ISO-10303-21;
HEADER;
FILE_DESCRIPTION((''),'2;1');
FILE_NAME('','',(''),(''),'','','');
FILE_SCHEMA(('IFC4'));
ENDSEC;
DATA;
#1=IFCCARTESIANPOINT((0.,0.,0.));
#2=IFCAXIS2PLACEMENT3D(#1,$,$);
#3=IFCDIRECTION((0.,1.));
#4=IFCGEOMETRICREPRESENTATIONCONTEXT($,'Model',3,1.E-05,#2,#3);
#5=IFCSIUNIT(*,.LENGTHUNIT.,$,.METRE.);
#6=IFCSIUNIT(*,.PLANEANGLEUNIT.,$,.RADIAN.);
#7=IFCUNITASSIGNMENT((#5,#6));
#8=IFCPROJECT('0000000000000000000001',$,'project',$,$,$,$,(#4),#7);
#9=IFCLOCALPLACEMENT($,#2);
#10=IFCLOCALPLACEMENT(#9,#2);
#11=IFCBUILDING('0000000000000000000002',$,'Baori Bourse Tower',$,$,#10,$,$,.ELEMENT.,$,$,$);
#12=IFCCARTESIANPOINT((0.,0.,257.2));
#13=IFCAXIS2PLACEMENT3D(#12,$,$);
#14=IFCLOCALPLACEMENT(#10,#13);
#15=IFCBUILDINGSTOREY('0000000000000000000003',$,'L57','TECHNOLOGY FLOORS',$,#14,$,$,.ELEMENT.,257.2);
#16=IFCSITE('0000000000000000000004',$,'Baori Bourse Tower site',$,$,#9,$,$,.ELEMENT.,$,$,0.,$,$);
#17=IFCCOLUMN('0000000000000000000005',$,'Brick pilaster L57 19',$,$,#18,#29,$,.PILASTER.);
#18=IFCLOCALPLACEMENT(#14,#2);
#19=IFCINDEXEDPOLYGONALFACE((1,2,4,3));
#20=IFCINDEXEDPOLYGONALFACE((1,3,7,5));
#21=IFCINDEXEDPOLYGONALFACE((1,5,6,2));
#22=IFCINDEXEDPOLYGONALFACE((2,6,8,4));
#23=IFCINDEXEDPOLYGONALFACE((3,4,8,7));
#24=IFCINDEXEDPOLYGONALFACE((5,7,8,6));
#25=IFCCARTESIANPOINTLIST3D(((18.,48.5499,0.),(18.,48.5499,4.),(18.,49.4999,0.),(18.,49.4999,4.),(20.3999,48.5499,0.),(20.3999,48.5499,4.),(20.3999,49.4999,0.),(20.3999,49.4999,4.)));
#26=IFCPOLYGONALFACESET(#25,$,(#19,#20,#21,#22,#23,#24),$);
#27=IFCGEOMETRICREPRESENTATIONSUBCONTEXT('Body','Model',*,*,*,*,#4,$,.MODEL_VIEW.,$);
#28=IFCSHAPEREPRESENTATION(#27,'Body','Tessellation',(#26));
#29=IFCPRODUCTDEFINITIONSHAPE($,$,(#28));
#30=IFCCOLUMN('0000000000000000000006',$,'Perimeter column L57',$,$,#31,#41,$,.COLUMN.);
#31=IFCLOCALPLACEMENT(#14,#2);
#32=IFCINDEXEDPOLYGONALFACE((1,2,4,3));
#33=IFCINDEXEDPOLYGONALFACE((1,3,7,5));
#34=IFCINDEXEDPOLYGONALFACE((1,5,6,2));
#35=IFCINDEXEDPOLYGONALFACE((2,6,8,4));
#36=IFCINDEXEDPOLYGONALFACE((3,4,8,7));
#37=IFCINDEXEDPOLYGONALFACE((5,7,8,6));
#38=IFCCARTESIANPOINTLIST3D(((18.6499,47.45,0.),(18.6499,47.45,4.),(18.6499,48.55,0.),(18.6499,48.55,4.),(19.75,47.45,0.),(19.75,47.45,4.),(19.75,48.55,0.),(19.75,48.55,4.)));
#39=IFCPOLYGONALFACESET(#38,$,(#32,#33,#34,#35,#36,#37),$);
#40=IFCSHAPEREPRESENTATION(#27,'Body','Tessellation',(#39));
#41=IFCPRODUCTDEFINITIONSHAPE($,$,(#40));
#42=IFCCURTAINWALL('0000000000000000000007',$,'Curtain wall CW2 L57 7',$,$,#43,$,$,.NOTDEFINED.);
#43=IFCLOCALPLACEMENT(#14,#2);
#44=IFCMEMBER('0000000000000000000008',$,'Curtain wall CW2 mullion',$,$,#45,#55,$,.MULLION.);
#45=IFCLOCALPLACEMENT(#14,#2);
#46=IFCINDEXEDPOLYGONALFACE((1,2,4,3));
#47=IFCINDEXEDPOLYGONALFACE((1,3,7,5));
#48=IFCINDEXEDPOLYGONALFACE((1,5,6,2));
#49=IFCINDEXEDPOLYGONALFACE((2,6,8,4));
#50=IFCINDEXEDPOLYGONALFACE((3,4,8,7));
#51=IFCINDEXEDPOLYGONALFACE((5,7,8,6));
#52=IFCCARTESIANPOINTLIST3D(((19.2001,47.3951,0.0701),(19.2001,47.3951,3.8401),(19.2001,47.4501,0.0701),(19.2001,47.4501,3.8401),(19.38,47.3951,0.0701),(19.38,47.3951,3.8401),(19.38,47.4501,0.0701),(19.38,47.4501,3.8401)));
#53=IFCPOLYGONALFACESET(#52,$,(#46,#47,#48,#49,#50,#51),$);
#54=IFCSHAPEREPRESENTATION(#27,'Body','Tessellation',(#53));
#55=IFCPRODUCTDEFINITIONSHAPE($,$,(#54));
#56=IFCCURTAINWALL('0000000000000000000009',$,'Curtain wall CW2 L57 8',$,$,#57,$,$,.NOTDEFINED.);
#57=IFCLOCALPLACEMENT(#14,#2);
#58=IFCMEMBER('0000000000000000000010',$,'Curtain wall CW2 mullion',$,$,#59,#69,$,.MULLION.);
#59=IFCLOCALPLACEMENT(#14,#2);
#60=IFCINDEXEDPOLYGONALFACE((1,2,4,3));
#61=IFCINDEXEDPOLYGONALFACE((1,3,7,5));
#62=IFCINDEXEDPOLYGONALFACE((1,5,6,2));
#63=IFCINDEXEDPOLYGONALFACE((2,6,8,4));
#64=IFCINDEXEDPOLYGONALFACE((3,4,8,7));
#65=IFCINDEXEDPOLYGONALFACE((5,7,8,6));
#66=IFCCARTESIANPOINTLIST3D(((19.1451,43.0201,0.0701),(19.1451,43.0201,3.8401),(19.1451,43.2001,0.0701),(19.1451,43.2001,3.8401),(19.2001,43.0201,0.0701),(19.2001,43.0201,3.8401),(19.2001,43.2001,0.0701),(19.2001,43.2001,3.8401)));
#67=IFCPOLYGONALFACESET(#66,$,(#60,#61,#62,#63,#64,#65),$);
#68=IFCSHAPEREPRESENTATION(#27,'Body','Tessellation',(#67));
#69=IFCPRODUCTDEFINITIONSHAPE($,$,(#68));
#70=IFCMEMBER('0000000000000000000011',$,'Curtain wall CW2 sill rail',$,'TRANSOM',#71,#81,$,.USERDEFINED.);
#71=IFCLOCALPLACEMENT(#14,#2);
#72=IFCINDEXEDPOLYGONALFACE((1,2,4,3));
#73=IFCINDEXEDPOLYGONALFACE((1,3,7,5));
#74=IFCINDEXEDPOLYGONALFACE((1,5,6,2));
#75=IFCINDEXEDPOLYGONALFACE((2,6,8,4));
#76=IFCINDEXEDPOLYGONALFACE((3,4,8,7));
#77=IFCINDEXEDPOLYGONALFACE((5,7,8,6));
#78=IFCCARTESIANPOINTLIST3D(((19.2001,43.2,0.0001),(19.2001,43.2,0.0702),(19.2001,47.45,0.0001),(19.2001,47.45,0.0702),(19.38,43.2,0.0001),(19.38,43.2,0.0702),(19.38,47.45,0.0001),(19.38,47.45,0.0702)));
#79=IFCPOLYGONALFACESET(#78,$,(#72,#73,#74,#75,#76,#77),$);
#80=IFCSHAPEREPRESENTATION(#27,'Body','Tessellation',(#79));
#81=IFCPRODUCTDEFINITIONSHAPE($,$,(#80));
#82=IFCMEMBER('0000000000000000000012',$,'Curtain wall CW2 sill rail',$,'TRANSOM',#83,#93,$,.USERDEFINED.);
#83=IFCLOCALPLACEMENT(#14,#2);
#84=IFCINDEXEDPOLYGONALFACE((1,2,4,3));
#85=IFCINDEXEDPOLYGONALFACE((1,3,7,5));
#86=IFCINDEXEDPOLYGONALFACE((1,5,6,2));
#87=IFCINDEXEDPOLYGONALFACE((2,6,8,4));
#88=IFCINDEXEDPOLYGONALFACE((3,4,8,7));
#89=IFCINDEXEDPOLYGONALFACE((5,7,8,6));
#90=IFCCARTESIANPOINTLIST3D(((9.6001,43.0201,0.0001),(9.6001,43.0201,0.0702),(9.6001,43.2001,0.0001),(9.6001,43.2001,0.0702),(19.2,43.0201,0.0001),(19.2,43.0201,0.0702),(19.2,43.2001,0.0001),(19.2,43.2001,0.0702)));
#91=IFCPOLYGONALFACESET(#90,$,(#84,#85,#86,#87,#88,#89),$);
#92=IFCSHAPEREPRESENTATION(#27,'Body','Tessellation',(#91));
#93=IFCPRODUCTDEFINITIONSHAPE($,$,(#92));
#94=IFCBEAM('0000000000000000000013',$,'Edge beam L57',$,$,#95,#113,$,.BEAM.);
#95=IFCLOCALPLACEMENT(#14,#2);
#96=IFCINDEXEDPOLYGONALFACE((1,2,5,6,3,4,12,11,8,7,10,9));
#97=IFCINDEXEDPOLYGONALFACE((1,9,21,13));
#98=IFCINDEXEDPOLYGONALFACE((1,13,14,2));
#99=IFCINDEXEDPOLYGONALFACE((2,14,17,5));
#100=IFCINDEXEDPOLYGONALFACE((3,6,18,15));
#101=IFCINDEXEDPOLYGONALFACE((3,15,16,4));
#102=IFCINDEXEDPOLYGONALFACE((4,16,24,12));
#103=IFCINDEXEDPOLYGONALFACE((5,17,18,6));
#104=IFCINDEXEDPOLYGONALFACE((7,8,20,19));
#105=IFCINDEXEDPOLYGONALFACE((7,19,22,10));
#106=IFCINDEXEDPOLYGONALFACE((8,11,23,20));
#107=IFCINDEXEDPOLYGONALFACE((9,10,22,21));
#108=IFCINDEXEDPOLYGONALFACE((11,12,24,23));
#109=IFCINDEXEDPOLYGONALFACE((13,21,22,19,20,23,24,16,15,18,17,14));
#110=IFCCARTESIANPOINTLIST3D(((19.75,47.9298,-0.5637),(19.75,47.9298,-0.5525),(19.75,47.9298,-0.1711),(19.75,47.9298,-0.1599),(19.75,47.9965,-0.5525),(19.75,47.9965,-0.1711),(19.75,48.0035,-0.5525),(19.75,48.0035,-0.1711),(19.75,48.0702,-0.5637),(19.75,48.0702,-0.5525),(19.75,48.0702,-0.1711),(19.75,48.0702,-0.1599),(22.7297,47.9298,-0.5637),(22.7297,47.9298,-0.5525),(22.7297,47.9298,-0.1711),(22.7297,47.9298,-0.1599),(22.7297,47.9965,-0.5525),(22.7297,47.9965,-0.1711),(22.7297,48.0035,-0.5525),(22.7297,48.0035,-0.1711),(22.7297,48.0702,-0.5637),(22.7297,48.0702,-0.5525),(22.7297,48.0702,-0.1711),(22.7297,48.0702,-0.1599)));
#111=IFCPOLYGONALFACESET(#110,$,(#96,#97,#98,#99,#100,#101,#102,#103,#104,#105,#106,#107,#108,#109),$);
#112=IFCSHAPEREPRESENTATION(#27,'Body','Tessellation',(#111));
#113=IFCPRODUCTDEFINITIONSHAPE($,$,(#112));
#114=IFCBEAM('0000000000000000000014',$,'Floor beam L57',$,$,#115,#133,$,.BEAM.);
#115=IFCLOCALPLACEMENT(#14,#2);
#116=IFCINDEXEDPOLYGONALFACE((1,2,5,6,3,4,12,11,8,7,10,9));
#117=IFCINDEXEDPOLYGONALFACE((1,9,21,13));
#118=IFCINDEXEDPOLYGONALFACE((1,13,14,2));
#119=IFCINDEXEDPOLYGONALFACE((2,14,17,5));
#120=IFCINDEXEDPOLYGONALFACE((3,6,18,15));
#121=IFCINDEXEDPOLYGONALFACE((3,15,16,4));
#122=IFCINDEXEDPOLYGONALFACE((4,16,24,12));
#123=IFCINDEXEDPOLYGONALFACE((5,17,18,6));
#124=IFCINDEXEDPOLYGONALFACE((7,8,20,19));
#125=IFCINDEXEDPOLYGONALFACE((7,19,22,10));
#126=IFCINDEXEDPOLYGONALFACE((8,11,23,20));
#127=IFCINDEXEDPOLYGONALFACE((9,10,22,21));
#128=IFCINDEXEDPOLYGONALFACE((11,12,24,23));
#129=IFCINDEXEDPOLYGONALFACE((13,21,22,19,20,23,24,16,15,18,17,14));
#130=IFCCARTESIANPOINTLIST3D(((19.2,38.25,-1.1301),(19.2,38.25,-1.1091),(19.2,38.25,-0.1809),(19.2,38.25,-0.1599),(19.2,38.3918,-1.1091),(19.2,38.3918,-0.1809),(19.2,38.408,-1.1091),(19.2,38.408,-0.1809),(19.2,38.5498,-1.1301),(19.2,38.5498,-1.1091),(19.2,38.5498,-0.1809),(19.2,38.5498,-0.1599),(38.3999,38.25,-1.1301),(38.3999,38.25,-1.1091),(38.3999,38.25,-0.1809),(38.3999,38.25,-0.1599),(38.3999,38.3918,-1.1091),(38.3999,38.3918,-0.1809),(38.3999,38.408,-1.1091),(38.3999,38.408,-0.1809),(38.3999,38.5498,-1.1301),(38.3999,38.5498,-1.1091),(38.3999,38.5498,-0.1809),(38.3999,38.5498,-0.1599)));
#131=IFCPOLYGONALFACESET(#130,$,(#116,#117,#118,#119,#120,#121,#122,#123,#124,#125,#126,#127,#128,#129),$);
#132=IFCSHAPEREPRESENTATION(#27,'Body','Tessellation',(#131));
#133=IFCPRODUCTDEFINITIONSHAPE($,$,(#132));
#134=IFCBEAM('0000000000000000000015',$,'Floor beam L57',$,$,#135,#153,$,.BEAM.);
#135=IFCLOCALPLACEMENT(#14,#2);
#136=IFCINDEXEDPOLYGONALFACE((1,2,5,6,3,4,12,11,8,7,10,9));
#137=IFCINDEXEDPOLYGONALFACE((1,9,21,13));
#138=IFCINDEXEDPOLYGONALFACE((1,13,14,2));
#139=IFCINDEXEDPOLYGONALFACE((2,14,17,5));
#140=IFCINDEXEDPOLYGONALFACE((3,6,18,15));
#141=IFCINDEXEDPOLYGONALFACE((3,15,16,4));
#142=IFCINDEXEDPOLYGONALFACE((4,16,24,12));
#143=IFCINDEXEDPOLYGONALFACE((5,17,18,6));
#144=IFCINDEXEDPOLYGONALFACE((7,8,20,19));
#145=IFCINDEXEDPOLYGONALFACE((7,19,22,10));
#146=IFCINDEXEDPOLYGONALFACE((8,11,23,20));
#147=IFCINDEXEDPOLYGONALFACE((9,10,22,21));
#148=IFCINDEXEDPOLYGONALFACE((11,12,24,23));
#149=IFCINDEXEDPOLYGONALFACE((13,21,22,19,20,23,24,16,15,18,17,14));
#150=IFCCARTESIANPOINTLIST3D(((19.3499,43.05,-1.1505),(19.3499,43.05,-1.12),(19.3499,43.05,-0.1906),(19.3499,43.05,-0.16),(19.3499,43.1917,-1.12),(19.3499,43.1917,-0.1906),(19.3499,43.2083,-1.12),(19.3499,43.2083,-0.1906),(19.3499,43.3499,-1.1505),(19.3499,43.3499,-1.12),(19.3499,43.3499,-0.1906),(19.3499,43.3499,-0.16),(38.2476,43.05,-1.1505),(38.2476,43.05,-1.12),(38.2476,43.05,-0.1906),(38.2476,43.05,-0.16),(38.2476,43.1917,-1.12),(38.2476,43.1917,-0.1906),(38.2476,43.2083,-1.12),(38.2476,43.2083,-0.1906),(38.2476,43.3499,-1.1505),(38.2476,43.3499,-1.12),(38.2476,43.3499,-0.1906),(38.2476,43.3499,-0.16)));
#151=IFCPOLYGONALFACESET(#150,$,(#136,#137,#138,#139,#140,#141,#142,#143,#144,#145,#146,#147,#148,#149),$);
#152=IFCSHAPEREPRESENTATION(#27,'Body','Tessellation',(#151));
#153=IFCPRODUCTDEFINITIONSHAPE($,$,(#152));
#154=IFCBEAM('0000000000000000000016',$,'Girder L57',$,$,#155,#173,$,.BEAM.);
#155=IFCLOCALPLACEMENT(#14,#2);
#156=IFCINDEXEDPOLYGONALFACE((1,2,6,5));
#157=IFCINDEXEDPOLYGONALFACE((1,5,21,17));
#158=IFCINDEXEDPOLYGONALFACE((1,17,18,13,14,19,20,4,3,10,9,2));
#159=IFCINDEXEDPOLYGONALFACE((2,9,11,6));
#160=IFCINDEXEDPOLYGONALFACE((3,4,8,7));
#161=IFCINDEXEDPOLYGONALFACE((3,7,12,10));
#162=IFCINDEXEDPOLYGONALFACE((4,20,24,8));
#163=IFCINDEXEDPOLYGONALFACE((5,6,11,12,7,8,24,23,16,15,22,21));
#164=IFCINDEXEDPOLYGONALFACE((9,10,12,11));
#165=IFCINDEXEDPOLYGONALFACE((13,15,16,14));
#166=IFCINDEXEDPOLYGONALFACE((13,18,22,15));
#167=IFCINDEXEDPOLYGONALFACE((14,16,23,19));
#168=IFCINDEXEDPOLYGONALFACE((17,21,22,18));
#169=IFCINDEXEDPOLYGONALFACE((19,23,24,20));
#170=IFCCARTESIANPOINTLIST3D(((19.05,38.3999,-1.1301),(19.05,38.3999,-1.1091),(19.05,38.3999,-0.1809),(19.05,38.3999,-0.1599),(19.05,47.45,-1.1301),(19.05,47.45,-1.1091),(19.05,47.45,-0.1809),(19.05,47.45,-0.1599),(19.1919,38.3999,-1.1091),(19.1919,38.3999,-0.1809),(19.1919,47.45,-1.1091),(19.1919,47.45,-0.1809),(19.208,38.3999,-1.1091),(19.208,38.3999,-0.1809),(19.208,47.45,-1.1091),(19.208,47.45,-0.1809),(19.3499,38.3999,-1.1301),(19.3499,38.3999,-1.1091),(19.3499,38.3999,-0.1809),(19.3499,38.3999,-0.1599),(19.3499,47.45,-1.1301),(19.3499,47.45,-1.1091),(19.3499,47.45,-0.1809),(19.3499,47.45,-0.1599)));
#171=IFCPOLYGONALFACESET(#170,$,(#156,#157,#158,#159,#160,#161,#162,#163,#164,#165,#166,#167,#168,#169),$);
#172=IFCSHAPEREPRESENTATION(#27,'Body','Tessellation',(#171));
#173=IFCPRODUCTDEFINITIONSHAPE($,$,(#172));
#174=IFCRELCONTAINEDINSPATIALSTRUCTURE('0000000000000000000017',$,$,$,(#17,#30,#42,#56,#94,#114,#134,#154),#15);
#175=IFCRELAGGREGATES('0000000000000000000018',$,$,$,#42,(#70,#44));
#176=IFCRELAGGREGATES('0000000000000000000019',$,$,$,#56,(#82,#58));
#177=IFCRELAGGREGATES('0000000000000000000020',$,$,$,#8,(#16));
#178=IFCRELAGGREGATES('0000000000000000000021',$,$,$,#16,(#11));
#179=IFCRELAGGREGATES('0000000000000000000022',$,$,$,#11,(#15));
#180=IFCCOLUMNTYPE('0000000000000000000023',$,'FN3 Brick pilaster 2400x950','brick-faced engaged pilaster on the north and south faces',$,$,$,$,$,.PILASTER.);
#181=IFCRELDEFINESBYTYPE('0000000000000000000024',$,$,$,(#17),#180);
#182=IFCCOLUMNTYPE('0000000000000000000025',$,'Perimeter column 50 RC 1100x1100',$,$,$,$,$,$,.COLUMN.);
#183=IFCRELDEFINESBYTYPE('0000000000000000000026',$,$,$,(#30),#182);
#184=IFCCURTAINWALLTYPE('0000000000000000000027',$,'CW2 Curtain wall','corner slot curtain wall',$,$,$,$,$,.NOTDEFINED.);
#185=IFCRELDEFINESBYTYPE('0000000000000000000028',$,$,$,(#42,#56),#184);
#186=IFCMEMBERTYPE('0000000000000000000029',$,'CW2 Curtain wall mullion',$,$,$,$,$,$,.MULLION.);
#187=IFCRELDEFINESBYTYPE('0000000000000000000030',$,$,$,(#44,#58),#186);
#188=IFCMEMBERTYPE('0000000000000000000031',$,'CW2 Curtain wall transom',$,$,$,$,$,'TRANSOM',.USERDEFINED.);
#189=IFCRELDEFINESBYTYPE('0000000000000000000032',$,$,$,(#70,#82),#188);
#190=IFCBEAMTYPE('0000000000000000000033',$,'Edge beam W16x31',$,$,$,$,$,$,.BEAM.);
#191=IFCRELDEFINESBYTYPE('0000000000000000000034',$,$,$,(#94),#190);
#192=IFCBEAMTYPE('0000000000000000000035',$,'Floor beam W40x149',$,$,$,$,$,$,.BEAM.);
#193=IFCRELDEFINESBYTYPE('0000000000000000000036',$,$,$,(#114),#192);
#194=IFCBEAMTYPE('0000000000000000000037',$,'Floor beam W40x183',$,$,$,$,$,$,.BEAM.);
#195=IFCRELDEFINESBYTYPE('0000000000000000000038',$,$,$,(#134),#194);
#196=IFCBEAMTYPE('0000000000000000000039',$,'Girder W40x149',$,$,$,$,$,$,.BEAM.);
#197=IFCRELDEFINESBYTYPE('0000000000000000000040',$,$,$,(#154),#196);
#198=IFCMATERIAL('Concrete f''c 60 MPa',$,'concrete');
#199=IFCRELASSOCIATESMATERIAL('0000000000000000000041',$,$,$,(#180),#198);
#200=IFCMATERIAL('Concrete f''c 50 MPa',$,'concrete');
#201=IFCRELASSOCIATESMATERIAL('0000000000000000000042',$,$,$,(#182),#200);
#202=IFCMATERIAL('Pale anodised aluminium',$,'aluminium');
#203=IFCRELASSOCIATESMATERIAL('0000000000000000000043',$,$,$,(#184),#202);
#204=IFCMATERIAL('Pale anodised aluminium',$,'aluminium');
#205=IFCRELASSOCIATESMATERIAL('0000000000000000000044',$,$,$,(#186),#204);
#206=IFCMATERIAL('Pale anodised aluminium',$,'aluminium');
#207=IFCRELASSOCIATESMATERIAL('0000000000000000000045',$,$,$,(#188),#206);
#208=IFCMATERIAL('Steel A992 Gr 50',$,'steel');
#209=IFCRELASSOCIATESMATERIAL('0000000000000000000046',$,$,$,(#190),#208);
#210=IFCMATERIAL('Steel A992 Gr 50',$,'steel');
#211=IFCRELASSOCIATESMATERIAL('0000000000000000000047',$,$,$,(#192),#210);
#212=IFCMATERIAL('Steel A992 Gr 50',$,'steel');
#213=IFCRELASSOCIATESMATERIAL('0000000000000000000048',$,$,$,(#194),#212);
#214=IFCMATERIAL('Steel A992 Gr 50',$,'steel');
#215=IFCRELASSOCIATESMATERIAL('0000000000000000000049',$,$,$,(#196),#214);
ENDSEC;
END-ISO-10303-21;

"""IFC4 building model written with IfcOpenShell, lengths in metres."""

from ifc_helpers import new_model, si_unit, direction, frame, origin, origin_2d, place, context, subcontext, project, spatial, rectangle, i_section, extrude, material, material_profile, profile_set, type_object, element, aggregate, save


model = new_model("IFC4")

# Units and contexts
model_context = context("Model", 3, precision=1e-05, world=origin(), true_north=direction((0.0, 1.0)))
body_context = subcontext(model_context, "Body", "Model", "MODEL_VIEW")
ifc_project = project(units=[si_unit("LENGTHUNIT", "METRE"), si_unit("PLANEANGLEUNIT", "RADIAN")], contexts=[model_context])

# Site, building, storey
site_placement = place(None, origin())
site = spatial("IfcSite", under=ifc_project, at=site_placement, Name="Baori Bourse Tower site", CompositionType="ELEMENT", RefElevation=0.0)
building_placement = place(site_placement, origin())
building = spatial("IfcBuilding", under=site, at=building_placement, Name="Baori Bourse Tower", CompositionType="ELEMENT")
storey_placement = place(building_placement, frame((0.0, 0.0, 257.2)))
storey = spatial("IfcBuildingStorey", under=building, at=storey_placement, Name="L57", Description="TECHNOLOGY FLOORS", CompositionType="ELEMENT", Elevation=257.2)

# Columns
ifc_material_1 = material(Name="Concrete f'c 60 MPa", Category="concrete")
ifc_material_profile_1 = material_profile(ifc_material_1, rectangle(XDim=2.3999, YDim=0.95, at=origin_2d()), Name="RC 2400x950")
ifc_profile_set_1 = profile_set([ifc_material_profile_1], Name="Concrete f'c 60 MPa")
column_type_1 = type_object("IfcColumnType", Name="FN3 Brick pilaster 2400x950", Description="brick-faced engaged pilaster on the north and south faces", PredefinedType="PILASTER", material=ifc_profile_set_1)
column_1_placement = place(storey_placement, frame((19.2, 49.0249, 0.0), z_axis=(0.0, 0.0, 1.0), x_axis=(1.0, 0.0, 0.0)))
element("IfcColumn", 1, at=column_1_placement, inside=storey, type_object=column_type_1, Name="Brick pilaster L57 19", PredefinedType="PILASTER", context=body_context, shape_type="SweptSolid", body=[
    extrude(rectangle(XDim=2.3999, YDim=0.95, at=origin_2d()), origin(), (0.0, 0.0, 1.0), 4.0),
])
ifc_material_2 = material(Name="Concrete f'c 50 MPa", Category="concrete")
ifc_material_profile_2 = material_profile(ifc_material_2, rectangle(XDim=1.1001, YDim=1.1001, at=origin_2d()), Name="RC 1100x1100")
ifc_profile_set_2 = profile_set([ifc_material_profile_2], Name="Concrete f'c 50 MPa")
column_type_2 = type_object("IfcColumnType", Name="Perimeter column 50 RC 1100x1100", PredefinedType="COLUMN", material=ifc_profile_set_2)
column_2_placement = place(storey_placement, frame((19.2, 48.0, 0.0), z_axis=(0.0, 0.0, 1.0), x_axis=(1.0, 0.0, 0.0)))
element("IfcColumn", 2, at=column_2_placement, inside=storey, type_object=column_type_2, Name="Perimeter column L57", PredefinedType="COLUMN", context=body_context, shape_type="SweptSolid", body=[
    extrude(rectangle(XDim=1.1001, YDim=1.1001, at=origin_2d()), origin(), (0.0, 0.0, 1.0), 4.0),
])

# Curtain walls, members
ifc_material_3 = material(Name="Pale anodised aluminium", Category="aluminium")
curtain_wall_type_1 = type_object("IfcCurtainWallType", Name="CW2 Curtain wall", Description="corner slot curtain wall", PredefinedType="NOTDEFINED", material=ifc_material_3)
curtain_wall_1_placement = place(storey_placement, origin())
curtain_wall_1 = element("IfcCurtainWall", 3, at=curtain_wall_1_placement, inside=storey, type_object=curtain_wall_type_1, Name="Curtain wall CW2 L57 7", PredefinedType="NOTDEFINED")
ifc_material_4 = material(Name="Pale anodised aluminium", Category="aluminium")
ifc_material_profile_3 = material_profile(ifc_material_4, rectangle(XDim=0.1799, YDim=0.0549, at=origin_2d()), Name="Mullion 55x180")
ifc_profile_set_3 = profile_set([ifc_material_profile_3], Name="Pale anodised aluminium")
member_type_1 = type_object("IfcMemberType", Name="CW2 Curtain wall mullion", PredefinedType="MULLION", material=ifc_profile_set_3)
member_1_placement = place(storey_placement, frame((19.29, 47.4226, 0.0701), z_axis=(0.0, 0.0, 1.0), x_axis=(1.0, 0.0, 0.0)))
member_1 = element("IfcMember", 4, at=member_1_placement, type_object=member_type_1, Name="Curtain wall CW2 mullion", PredefinedType="MULLION", context=body_context, shape_type="SweptSolid", body=[
    extrude(rectangle(XDim=0.1799, YDim=0.0549, at=origin_2d()), origin(), (0.0, 0.0, 1.0), 3.77),
])
curtain_wall_2_placement = place(storey_placement, origin())
curtain_wall_2 = element("IfcCurtainWall", 5, at=curtain_wall_2_placement, inside=storey, type_object=curtain_wall_type_1, Name="Curtain wall CW2 L57 8", PredefinedType="NOTDEFINED")
member_2_placement = place(storey_placement, frame((19.1726, 43.1101, 0.0701), z_axis=(0.0, 0.0, 1.0), x_axis=(0.0, -1.0, 0.0)))
member_2 = element("IfcMember", 6, at=member_2_placement, type_object=member_type_1, Name="Curtain wall CW2 mullion", PredefinedType="MULLION", context=body_context, shape_type="SweptSolid", body=[
    extrude(rectangle(XDim=0.1799, YDim=0.0549, at=origin_2d()), origin(), (0.0, 0.0, 1.0), 3.77),
])

# Members
ifc_material_5 = material(Name="Pale anodised aluminium", Category="aluminium")
ifc_material_profile_4 = material_profile(ifc_material_5, rectangle(XDim=0.1799, YDim=0.0701, at=origin_2d()), Name="Transom 70x180")
ifc_profile_set_4 = profile_set([ifc_material_profile_4], Name="Pale anodised aluminium")
member_type_2 = type_object("IfcMemberType", Name="CW2 Curtain wall transom", ElementType="TRANSOM", PredefinedType="USERDEFINED", material=ifc_profile_set_4)
member_3_placement = place(storey_placement, frame((19.29, 47.45, 0.0352), z_axis=(0.0, -1.0, 0.0), x_axis=(1.0, 0.0, 0.0)))
member_3 = element("IfcMember", 7, at=member_3_placement, type_object=member_type_2, Name="Curtain wall CW2 sill rail", ObjectType="TRANSOM", PredefinedType="USERDEFINED", context=body_context, shape_type="SweptSolid", body=[
    extrude(rectangle(XDim=0.1799, YDim=0.0701, at=origin_2d()), origin(), (0.0, 0.0, 1.0), 4.25),
])
member_4_placement = place(storey_placement, frame((19.2, 43.1101, 0.0352), z_axis=(-1.0, 0.0, 0.0), x_axis=(0.0, -1.0, 0.0)))
member_4 = element("IfcMember", 8, at=member_4_placement, type_object=member_type_2, Name="Curtain wall CW2 sill rail", ObjectType="TRANSOM", PredefinedType="USERDEFINED", context=body_context, shape_type="SweptSolid", body=[
    extrude(rectangle(XDim=0.1799, YDim=0.0701, at=origin_2d()), origin(), (0.0, 0.0, 1.0), 9.5999),
])

# Beams
ifc_material_6 = material(Name="Steel A992 Gr 50", Category="steel")
ifc_material_profile_5 = material_profile(ifc_material_6, i_section(OverallWidth=0.1404, OverallDepth=0.4038, WebThickness=0.0071, FlangeThickness=0.0112, at=origin_2d()), Name="W16x31")
ifc_profile_set_5 = profile_set([ifc_material_profile_5], Name="Steel A992 Gr 50")
beam_type_1 = type_object("IfcBeamType", Name="Edge beam W16x31", PredefinedType="BEAM", material=ifc_profile_set_5)
beam_1_placement = place(storey_placement, frame((19.75, 48.0, -0.3618), z_axis=(1.0, 0.0, 0.0), x_axis=(0.0, 1.0, 0.0)))
element("IfcBeam", 9, at=beam_1_placement, inside=storey, type_object=beam_type_1, Name="Edge beam L57", PredefinedType="BEAM", context=body_context, shape_type="SweptSolid", body=[
    extrude(i_section(OverallWidth=0.1404, OverallDepth=0.4038, WebThickness=0.0071, FlangeThickness=0.0112, at=origin_2d()), origin(), (0.0, 0.0, 1.0), 2.9797),
])
ifc_material_7 = material(Name="Steel A992 Gr 50", Category="steel")
ifc_material_profile_6 = material_profile(ifc_material_7, i_section(OverallWidth=0.2998, OverallDepth=0.9702, WebThickness=0.0161, FlangeThickness=0.021, at=origin_2d()), Name="W40x149")
ifc_profile_set_6 = profile_set([ifc_material_profile_6], Name="Steel A992 Gr 50")
beam_type_2 = type_object("IfcBeamType", Name="Floor beam W40x149", PredefinedType="BEAM", material=ifc_profile_set_6)
beam_2_placement = place(storey_placement, frame((19.2, 38.3999, -0.645), z_axis=(1.0, 0.0, 0.0), x_axis=(0.0, 1.0, 0.0)))
element("IfcBeam", 10, at=beam_2_placement, inside=storey, type_object=beam_type_2, Name="Floor beam L57", PredefinedType="BEAM", context=body_context, shape_type="SweptSolid", body=[
    extrude(i_section(OverallWidth=0.2998, OverallDepth=0.9702, WebThickness=0.0161, FlangeThickness=0.021, at=origin_2d()), origin(), (0.0, 0.0, 1.0), 19.2),
])
ifc_material_8 = material(Name="Steel A992 Gr 50", Category="steel")
ifc_material_profile_7 = material_profile(ifc_material_8, i_section(OverallWidth=0.2998, OverallDepth=0.9905, WebThickness=0.0166, FlangeThickness=0.0305, at=origin_2d()), Name="W40x183")
ifc_profile_set_7 = profile_set([ifc_material_profile_7], Name="Steel A992 Gr 50")
beam_type_3 = type_object("IfcBeamType", Name="Floor beam W40x183", PredefinedType="BEAM", material=ifc_profile_set_7)
beam_3_placement = place(storey_placement, frame((19.3499, 43.2, -0.6553), z_axis=(1.0, 0.0, 0.0), x_axis=(0.0, 1.0, 0.0)))
element("IfcBeam", 11, at=beam_3_placement, inside=storey, type_object=beam_type_3, Name="Floor beam L57", PredefinedType="BEAM", context=body_context, shape_type="SweptSolid", body=[
    extrude(i_section(OverallWidth=0.2998, OverallDepth=0.9905, WebThickness=0.0166, FlangeThickness=0.0305, at=origin_2d()), origin(), (0.0, 0.0, 1.0), 18.8977),
])
ifc_material_9 = material(Name="Steel A992 Gr 50", Category="steel")
ifc_material_profile_8 = material_profile(ifc_material_9, i_section(OverallWidth=0.2998, OverallDepth=0.9702, WebThickness=0.0161, FlangeThickness=0.021, at=origin_2d()), Name="W40x149")
ifc_profile_set_8 = profile_set([ifc_material_profile_8], Name="Steel A992 Gr 50")
beam_type_4 = type_object("IfcBeamType", Name="Girder W40x149", PredefinedType="BEAM", material=ifc_profile_set_8)
beam_4_placement = place(storey_placement, frame((19.2, 38.3999, -0.645), z_axis=(0.0, 1.0, 0.0), x_axis=(-1.0, 0.0, 0.0)))
element("IfcBeam", 12, at=beam_4_placement, inside=storey, type_object=beam_type_4, Name="Girder L57", PredefinedType="BEAM", context=body_context, shape_type="SweptSolid", body=[
    extrude(i_section(OverallWidth=0.2998, OverallDepth=0.9702, WebThickness=0.0161, FlangeThickness=0.021, at=origin_2d()), origin(), (0.0, 0.0, 1.0), 9.05),
])

aggregate(curtain_wall_1, [member_3, member_1])
aggregate(curtain_wall_2, [member_4, member_2])

save(model, "model.ifc")
